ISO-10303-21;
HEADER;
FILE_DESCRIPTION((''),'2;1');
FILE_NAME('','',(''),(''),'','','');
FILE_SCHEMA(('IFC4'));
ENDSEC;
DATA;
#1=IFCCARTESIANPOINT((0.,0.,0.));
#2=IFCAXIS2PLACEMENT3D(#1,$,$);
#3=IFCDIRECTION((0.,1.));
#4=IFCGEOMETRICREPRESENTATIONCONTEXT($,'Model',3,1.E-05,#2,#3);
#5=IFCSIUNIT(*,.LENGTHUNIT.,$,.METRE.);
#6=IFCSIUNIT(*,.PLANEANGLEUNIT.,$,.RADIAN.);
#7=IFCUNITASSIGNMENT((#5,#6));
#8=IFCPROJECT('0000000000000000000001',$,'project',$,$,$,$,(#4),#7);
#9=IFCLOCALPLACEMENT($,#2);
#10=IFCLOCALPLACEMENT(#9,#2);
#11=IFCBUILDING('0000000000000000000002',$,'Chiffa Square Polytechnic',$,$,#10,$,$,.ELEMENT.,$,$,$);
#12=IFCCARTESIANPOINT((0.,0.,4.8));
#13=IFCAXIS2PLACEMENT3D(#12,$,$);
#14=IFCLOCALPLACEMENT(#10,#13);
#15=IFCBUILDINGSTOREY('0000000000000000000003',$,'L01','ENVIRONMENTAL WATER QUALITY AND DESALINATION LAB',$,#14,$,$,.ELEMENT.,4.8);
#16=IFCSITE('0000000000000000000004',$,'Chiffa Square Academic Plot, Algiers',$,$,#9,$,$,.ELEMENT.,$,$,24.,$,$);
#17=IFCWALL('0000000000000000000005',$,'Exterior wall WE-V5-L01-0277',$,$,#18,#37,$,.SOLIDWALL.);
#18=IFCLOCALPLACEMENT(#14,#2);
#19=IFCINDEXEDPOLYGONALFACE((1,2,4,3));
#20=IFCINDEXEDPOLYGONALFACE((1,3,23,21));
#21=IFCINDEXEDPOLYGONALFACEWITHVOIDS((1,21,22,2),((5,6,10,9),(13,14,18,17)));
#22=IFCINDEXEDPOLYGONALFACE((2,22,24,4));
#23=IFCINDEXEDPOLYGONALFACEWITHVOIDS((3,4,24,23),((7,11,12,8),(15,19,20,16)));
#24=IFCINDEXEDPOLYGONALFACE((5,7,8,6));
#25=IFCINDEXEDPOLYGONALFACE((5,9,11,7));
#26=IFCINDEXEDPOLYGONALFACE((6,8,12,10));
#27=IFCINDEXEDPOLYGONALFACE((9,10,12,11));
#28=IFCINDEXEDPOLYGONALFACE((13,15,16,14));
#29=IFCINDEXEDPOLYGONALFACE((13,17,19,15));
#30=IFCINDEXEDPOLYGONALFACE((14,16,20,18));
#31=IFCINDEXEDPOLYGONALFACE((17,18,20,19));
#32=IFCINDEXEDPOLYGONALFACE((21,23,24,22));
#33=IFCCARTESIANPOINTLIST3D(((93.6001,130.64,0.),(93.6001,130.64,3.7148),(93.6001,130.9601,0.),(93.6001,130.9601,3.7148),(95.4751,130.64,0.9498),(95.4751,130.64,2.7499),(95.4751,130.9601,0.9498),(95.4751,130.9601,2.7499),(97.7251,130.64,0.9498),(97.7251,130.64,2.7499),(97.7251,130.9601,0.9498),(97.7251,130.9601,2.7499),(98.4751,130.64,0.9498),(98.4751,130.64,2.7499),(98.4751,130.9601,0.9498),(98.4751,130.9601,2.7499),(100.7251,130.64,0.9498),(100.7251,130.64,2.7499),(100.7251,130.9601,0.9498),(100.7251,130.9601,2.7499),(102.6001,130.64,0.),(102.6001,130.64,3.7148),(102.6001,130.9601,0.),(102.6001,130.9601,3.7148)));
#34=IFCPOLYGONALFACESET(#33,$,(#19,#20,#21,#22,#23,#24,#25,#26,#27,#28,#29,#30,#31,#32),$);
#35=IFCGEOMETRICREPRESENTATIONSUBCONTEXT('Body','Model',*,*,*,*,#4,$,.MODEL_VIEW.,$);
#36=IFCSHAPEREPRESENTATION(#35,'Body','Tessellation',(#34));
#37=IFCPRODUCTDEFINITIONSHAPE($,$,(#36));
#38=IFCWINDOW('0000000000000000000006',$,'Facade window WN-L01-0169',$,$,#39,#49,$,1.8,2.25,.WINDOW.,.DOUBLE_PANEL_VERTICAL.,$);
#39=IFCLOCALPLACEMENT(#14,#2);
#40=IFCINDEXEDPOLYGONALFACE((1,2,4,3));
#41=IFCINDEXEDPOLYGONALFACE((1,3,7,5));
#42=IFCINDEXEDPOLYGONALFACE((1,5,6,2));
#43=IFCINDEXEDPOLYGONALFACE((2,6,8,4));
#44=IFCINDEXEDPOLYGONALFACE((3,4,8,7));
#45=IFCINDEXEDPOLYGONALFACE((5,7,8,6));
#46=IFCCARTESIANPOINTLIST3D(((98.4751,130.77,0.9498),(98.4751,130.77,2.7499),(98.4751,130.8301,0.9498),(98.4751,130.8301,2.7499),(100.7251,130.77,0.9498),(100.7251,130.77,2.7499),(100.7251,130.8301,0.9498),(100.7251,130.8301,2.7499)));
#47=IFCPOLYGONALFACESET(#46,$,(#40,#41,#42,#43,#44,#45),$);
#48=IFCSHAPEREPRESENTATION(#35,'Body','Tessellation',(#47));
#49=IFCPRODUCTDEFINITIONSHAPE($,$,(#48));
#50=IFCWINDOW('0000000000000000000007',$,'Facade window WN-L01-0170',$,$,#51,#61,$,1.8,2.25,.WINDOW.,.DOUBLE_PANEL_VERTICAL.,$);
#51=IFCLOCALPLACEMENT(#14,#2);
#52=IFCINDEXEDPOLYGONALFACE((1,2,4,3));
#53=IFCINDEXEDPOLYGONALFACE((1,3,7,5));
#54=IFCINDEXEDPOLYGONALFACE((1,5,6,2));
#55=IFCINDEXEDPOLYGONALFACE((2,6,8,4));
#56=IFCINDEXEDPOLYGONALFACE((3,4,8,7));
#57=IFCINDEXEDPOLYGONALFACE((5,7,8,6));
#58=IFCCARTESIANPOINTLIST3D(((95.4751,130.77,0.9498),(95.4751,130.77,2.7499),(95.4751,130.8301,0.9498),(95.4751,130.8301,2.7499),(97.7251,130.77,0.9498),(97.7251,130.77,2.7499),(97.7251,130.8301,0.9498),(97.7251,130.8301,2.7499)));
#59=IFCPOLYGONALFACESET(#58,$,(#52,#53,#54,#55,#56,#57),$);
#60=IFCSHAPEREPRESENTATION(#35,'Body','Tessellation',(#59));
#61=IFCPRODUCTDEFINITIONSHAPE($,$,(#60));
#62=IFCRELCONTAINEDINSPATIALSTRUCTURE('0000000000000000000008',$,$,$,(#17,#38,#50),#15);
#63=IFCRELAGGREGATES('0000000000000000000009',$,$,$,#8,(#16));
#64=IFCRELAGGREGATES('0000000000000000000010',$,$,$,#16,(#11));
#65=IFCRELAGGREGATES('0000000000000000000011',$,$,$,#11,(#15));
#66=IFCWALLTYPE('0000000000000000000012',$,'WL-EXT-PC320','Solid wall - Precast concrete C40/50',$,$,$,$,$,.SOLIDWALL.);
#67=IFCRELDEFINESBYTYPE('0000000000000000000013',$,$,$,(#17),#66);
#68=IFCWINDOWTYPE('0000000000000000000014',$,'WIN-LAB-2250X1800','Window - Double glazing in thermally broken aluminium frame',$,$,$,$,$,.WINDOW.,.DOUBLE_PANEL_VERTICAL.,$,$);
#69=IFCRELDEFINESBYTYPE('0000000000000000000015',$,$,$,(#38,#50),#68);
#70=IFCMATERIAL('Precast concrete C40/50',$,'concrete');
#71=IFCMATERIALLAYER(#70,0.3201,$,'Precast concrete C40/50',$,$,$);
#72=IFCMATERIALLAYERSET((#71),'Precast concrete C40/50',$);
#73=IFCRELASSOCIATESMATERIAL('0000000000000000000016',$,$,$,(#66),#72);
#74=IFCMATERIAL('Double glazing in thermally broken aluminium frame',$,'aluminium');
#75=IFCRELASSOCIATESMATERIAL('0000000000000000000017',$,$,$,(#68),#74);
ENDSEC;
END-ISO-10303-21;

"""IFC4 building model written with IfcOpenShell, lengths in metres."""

from ifc_helpers import new_model, si_unit, direction, frame, frame_2d, origin, place, context, subcontext, project, spatial, rectangle, extrude, material, layer, layer_set, type_object, element, fill, save


model = new_model("IFC4")

# Units and contexts
model_context = context("Model", 3, precision=1e-05, world=origin(), true_north=direction((0.0, 1.0)))
body_context = subcontext(model_context, "Body", "Model", "MODEL_VIEW")
ifc_project = project(units=[si_unit("LENGTHUNIT", "METRE"), si_unit("PLANEANGLEUNIT", "RADIAN")], contexts=[model_context])

# Site, building, storey
site_placement = place(None, origin())
site = spatial("IfcSite", under=ifc_project, at=site_placement, Name="Chiffa Square Academic Plot, Algiers", CompositionType="ELEMENT", RefElevation=24.0)
building_placement = place(site_placement, origin())
building = spatial("IfcBuilding", under=site, at=building_placement, Name="Chiffa Square Polytechnic", CompositionType="ELEMENT")
storey_placement = place(building_placement, frame((0.0, 0.0, 4.8)))
storey = spatial("IfcBuildingStorey", under=building, at=storey_placement, Name="L01", Description="ENVIRONMENTAL WATER QUALITY AND DESALINATION LAB", CompositionType="ELEMENT", Elevation=4.8)

# Shared definitions
ifc_material_1 = material(Name="Precast concrete C40/50", Category="concrete")

# Wall, openings, windows
ifc_layer_1 = layer(ifc_material_1, 0.3201, Name="Precast concrete C40/50")
ifc_layer_set_1 = layer_set([ifc_layer_1], Name="Precast concrete C40/50")
wall_type_1 = type_object("IfcWallType", Name="WL-EXT-PC320", Description="Solid wall - Precast concrete C40/50", PredefinedType="SOLIDWALL", material=ifc_layer_set_1)
wall_1_placement = place(storey_placement, frame((102.6001, 130.8, 0.0), z_axis=(0.0, 0.0, 1.0), x_axis=(-1.0, 0.0, 0.0)))
wall_1 = element("IfcWall", 1, at=wall_1_placement, inside=storey, type_object=wall_type_1, Name="Exterior wall WE-V5-L01-0277", PredefinedType="SOLIDWALL", context=body_context, shape_type="SweptSolid", body=[
    extrude(rectangle(XDim=9.0, YDim=0.3201, at=frame_2d((4.5, 0.0))), origin(), (0.0, 0.0, 1.0), 3.7148),
])
opening_1_placement = place(wall_1_placement, frame((1.875, 0.0, 0.95)))
opening_1 = element("IfcOpeningElement", 2, at=opening_1_placement, cuts=wall_1, PredefinedType="OPENING", context=body_context, shape_type="SweptSolid", body=[
    extrude(rectangle(XDim=2.25, YDim=1.8, at=frame_2d((1.125, 0.8999))), frame((0.0, 0.1699, 0.0), z_axis=(0.0, -1.0, 0.0), x_axis=(1.0, 0.0, 0.0)), (0.0, 0.0, 1.0), 0.3401),
])
opening_2_placement = place(wall_1_placement, frame((4.875, 0.0, 0.95)))
opening_2 = element("IfcOpeningElement", 3, at=opening_2_placement, cuts=wall_1, PredefinedType="OPENING", context=body_context, shape_type="SweptSolid", body=[
    extrude(rectangle(XDim=2.25, YDim=1.8, at=frame_2d((1.125, 0.8999))), frame((0.0, 0.1699, 0.0), z_axis=(0.0, -1.0, 0.0), x_axis=(1.0, 0.0, 0.0)), (0.0, 0.0, 1.0), 0.3401),
])
ifc_material_2 = material(Name="Double glazing in thermally broken aluminium frame", Category="aluminium")
window_type = type_object("IfcWindowType", Name="WIN-LAB-2250X1800", Description="Window - Double glazing in thermally broken aluminium frame", PartitioningType="DOUBLE_PANEL_VERTICAL", PredefinedType="WINDOW", material=ifc_material_2)
window_1_placement = place(opening_1_placement, origin())
window_1 = element("IfcWindow", 4, at=window_1_placement, inside=storey, type_object=window_type, Name="Facade window WN-L01-0169", OverallHeight=1.8, OverallWidth=2.25, PartitioningType="DOUBLE_PANEL_VERTICAL", PredefinedType="WINDOW", context=body_context, shape_type="SweptSolid", body=[
    extrude(rectangle(XDim=2.25, YDim=1.8, at=frame_2d((1.125, 0.8999))), frame((0.0, 0.03, 0.0), z_axis=(0.0, -1.0, 0.0), x_axis=(1.0, 0.0, 0.0)), (0.0, 0.0, 1.0), 0.0601),
])
fill(opening_1, window_1)
window_2_placement = place(opening_2_placement, origin())
window_2 = element("IfcWindow", 5, at=window_2_placement, inside=storey, type_object=window_type, Name="Facade window WN-L01-0170", OverallHeight=1.8, OverallWidth=2.25, PartitioningType="DOUBLE_PANEL_VERTICAL", PredefinedType="WINDOW", context=body_context, shape_type="SweptSolid", body=[
    extrude(rectangle(XDim=2.25, YDim=1.8, at=frame_2d((1.125, 0.8999))), frame((0.0, 0.03, 0.0), z_axis=(0.0, -1.0, 0.0), x_axis=(1.0, 0.0, 0.0)), (0.0, 0.0, 1.0), 0.0601),
])
fill(opening_2, window_2)

save(model, "model.ifc")
